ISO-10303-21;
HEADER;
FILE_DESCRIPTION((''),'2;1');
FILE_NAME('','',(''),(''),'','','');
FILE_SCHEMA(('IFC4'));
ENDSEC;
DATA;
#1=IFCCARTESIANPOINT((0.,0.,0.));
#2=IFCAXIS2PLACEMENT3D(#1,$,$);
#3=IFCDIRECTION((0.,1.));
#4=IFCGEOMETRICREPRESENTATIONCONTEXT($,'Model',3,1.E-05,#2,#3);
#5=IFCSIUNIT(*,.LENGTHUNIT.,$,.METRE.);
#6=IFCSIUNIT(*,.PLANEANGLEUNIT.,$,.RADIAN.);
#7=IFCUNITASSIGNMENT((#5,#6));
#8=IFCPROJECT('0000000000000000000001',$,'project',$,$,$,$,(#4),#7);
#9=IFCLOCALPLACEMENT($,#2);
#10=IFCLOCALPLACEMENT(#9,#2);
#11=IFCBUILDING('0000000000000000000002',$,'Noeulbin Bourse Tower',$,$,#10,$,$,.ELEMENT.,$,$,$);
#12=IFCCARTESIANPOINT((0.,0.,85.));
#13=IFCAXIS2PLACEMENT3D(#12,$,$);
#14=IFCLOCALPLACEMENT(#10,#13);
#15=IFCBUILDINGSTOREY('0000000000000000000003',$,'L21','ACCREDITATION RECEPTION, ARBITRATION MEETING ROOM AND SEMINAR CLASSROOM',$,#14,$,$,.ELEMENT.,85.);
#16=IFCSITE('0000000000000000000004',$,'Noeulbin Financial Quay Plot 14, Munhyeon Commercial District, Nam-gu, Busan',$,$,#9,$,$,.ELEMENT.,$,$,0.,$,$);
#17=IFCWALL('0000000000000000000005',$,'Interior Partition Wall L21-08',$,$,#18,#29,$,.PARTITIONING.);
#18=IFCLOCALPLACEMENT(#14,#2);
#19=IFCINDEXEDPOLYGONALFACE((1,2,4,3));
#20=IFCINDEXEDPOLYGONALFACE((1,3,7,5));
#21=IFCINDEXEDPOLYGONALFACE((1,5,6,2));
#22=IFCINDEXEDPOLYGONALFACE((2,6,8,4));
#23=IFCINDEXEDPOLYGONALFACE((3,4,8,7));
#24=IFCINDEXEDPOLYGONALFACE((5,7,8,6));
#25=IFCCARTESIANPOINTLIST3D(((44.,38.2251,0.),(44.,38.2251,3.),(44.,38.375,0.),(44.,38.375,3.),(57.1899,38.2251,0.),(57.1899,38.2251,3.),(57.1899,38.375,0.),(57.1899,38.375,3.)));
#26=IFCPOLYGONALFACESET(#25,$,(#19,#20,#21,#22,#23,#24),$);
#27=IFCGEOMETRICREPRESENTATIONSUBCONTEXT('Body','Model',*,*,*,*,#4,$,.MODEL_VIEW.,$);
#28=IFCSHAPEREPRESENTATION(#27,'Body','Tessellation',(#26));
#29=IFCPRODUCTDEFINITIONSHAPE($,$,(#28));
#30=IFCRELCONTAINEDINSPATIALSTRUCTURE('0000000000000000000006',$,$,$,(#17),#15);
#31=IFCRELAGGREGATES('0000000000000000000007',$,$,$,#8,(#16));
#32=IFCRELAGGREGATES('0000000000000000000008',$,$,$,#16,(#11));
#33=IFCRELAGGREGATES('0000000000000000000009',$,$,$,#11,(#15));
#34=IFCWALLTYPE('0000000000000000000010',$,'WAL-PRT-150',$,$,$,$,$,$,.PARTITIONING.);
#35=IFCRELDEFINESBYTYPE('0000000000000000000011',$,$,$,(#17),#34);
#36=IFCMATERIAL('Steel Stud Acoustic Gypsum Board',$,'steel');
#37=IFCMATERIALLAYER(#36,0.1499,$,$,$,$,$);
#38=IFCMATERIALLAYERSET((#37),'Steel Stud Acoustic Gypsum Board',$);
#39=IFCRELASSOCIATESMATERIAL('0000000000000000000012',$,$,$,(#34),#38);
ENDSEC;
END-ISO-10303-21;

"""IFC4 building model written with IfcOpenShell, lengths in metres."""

from ifc_helpers import new_model, si_unit, direction, frame, frame_2d, origin, place, context, subcontext, project, spatial, rectangle, extrude, material, layer, layer_set, type_object, element, save


model = new_model("IFC4")

# Units and contexts
model_context = context("Model", 3, precision=1e-05, world=origin(), true_north=direction((0.0, 1.0)))
body_context = subcontext(model_context, "Body", "Model", "MODEL_VIEW")
ifc_project = project(units=[si_unit("LENGTHUNIT", "METRE"), si_unit("PLANEANGLEUNIT", "RADIAN")], contexts=[model_context])

# Site, building, storey
site_placement = place(None, origin())
site = spatial("IfcSite", under=ifc_project, at=site_placement, Name="Noeulbin Financial Quay Plot 14, Munhyeon Commercial District, Nam-gu, Busan", CompositionType="ELEMENT", RefElevation=0.0)
building_placement = place(site_placement, origin())
building = spatial("IfcBuilding", under=site, at=building_placement, Name="Noeulbin Bourse Tower", CompositionType="ELEMENT")
storey_placement = place(building_placement, frame((0.0, 0.0, 85.0)))
storey = spatial("IfcBuildingStorey", under=building, at=storey_placement, Name="L21", Description="ACCREDITATION RECEPTION, ARBITRATION MEETING ROOM AND SEMINAR CLASSROOM", CompositionType="ELEMENT", Elevation=85.0)

# Wall
ifc_material_1 = material(Name="Steel Stud Acoustic Gypsum Board", Category="steel")
ifc_layer_1 = layer(ifc_material_1, 0.1499)
ifc_layer_set_1 = layer_set([ifc_layer_1], Name="Steel Stud Acoustic Gypsum Board")
wall_type_1 = type_object("IfcWallType", Name="WAL-PRT-150", PredefinedType="PARTITIONING", material=ifc_layer_set_1)
wall_1_placement = place(storey_placement, frame((44.0, 38.3, 0.0), z_axis=(0.0, 0.0, 1.0), x_axis=(1.0, 0.0, 0.0)))
element("IfcWall", 1, at=wall_1_placement, inside=storey, type_object=wall_type_1, Name="Interior Partition Wall L21-08", PredefinedType="PARTITIONING", context=body_context, shape_type="SweptSolid", body=[
    extrude(rectangle(XDim=13.1899, YDim=0.1499, at=frame_2d((6.595, 0.0))), origin(), (0.0, 0.0, 1.0), 3.0),
])

save(model, "model.ifc")
